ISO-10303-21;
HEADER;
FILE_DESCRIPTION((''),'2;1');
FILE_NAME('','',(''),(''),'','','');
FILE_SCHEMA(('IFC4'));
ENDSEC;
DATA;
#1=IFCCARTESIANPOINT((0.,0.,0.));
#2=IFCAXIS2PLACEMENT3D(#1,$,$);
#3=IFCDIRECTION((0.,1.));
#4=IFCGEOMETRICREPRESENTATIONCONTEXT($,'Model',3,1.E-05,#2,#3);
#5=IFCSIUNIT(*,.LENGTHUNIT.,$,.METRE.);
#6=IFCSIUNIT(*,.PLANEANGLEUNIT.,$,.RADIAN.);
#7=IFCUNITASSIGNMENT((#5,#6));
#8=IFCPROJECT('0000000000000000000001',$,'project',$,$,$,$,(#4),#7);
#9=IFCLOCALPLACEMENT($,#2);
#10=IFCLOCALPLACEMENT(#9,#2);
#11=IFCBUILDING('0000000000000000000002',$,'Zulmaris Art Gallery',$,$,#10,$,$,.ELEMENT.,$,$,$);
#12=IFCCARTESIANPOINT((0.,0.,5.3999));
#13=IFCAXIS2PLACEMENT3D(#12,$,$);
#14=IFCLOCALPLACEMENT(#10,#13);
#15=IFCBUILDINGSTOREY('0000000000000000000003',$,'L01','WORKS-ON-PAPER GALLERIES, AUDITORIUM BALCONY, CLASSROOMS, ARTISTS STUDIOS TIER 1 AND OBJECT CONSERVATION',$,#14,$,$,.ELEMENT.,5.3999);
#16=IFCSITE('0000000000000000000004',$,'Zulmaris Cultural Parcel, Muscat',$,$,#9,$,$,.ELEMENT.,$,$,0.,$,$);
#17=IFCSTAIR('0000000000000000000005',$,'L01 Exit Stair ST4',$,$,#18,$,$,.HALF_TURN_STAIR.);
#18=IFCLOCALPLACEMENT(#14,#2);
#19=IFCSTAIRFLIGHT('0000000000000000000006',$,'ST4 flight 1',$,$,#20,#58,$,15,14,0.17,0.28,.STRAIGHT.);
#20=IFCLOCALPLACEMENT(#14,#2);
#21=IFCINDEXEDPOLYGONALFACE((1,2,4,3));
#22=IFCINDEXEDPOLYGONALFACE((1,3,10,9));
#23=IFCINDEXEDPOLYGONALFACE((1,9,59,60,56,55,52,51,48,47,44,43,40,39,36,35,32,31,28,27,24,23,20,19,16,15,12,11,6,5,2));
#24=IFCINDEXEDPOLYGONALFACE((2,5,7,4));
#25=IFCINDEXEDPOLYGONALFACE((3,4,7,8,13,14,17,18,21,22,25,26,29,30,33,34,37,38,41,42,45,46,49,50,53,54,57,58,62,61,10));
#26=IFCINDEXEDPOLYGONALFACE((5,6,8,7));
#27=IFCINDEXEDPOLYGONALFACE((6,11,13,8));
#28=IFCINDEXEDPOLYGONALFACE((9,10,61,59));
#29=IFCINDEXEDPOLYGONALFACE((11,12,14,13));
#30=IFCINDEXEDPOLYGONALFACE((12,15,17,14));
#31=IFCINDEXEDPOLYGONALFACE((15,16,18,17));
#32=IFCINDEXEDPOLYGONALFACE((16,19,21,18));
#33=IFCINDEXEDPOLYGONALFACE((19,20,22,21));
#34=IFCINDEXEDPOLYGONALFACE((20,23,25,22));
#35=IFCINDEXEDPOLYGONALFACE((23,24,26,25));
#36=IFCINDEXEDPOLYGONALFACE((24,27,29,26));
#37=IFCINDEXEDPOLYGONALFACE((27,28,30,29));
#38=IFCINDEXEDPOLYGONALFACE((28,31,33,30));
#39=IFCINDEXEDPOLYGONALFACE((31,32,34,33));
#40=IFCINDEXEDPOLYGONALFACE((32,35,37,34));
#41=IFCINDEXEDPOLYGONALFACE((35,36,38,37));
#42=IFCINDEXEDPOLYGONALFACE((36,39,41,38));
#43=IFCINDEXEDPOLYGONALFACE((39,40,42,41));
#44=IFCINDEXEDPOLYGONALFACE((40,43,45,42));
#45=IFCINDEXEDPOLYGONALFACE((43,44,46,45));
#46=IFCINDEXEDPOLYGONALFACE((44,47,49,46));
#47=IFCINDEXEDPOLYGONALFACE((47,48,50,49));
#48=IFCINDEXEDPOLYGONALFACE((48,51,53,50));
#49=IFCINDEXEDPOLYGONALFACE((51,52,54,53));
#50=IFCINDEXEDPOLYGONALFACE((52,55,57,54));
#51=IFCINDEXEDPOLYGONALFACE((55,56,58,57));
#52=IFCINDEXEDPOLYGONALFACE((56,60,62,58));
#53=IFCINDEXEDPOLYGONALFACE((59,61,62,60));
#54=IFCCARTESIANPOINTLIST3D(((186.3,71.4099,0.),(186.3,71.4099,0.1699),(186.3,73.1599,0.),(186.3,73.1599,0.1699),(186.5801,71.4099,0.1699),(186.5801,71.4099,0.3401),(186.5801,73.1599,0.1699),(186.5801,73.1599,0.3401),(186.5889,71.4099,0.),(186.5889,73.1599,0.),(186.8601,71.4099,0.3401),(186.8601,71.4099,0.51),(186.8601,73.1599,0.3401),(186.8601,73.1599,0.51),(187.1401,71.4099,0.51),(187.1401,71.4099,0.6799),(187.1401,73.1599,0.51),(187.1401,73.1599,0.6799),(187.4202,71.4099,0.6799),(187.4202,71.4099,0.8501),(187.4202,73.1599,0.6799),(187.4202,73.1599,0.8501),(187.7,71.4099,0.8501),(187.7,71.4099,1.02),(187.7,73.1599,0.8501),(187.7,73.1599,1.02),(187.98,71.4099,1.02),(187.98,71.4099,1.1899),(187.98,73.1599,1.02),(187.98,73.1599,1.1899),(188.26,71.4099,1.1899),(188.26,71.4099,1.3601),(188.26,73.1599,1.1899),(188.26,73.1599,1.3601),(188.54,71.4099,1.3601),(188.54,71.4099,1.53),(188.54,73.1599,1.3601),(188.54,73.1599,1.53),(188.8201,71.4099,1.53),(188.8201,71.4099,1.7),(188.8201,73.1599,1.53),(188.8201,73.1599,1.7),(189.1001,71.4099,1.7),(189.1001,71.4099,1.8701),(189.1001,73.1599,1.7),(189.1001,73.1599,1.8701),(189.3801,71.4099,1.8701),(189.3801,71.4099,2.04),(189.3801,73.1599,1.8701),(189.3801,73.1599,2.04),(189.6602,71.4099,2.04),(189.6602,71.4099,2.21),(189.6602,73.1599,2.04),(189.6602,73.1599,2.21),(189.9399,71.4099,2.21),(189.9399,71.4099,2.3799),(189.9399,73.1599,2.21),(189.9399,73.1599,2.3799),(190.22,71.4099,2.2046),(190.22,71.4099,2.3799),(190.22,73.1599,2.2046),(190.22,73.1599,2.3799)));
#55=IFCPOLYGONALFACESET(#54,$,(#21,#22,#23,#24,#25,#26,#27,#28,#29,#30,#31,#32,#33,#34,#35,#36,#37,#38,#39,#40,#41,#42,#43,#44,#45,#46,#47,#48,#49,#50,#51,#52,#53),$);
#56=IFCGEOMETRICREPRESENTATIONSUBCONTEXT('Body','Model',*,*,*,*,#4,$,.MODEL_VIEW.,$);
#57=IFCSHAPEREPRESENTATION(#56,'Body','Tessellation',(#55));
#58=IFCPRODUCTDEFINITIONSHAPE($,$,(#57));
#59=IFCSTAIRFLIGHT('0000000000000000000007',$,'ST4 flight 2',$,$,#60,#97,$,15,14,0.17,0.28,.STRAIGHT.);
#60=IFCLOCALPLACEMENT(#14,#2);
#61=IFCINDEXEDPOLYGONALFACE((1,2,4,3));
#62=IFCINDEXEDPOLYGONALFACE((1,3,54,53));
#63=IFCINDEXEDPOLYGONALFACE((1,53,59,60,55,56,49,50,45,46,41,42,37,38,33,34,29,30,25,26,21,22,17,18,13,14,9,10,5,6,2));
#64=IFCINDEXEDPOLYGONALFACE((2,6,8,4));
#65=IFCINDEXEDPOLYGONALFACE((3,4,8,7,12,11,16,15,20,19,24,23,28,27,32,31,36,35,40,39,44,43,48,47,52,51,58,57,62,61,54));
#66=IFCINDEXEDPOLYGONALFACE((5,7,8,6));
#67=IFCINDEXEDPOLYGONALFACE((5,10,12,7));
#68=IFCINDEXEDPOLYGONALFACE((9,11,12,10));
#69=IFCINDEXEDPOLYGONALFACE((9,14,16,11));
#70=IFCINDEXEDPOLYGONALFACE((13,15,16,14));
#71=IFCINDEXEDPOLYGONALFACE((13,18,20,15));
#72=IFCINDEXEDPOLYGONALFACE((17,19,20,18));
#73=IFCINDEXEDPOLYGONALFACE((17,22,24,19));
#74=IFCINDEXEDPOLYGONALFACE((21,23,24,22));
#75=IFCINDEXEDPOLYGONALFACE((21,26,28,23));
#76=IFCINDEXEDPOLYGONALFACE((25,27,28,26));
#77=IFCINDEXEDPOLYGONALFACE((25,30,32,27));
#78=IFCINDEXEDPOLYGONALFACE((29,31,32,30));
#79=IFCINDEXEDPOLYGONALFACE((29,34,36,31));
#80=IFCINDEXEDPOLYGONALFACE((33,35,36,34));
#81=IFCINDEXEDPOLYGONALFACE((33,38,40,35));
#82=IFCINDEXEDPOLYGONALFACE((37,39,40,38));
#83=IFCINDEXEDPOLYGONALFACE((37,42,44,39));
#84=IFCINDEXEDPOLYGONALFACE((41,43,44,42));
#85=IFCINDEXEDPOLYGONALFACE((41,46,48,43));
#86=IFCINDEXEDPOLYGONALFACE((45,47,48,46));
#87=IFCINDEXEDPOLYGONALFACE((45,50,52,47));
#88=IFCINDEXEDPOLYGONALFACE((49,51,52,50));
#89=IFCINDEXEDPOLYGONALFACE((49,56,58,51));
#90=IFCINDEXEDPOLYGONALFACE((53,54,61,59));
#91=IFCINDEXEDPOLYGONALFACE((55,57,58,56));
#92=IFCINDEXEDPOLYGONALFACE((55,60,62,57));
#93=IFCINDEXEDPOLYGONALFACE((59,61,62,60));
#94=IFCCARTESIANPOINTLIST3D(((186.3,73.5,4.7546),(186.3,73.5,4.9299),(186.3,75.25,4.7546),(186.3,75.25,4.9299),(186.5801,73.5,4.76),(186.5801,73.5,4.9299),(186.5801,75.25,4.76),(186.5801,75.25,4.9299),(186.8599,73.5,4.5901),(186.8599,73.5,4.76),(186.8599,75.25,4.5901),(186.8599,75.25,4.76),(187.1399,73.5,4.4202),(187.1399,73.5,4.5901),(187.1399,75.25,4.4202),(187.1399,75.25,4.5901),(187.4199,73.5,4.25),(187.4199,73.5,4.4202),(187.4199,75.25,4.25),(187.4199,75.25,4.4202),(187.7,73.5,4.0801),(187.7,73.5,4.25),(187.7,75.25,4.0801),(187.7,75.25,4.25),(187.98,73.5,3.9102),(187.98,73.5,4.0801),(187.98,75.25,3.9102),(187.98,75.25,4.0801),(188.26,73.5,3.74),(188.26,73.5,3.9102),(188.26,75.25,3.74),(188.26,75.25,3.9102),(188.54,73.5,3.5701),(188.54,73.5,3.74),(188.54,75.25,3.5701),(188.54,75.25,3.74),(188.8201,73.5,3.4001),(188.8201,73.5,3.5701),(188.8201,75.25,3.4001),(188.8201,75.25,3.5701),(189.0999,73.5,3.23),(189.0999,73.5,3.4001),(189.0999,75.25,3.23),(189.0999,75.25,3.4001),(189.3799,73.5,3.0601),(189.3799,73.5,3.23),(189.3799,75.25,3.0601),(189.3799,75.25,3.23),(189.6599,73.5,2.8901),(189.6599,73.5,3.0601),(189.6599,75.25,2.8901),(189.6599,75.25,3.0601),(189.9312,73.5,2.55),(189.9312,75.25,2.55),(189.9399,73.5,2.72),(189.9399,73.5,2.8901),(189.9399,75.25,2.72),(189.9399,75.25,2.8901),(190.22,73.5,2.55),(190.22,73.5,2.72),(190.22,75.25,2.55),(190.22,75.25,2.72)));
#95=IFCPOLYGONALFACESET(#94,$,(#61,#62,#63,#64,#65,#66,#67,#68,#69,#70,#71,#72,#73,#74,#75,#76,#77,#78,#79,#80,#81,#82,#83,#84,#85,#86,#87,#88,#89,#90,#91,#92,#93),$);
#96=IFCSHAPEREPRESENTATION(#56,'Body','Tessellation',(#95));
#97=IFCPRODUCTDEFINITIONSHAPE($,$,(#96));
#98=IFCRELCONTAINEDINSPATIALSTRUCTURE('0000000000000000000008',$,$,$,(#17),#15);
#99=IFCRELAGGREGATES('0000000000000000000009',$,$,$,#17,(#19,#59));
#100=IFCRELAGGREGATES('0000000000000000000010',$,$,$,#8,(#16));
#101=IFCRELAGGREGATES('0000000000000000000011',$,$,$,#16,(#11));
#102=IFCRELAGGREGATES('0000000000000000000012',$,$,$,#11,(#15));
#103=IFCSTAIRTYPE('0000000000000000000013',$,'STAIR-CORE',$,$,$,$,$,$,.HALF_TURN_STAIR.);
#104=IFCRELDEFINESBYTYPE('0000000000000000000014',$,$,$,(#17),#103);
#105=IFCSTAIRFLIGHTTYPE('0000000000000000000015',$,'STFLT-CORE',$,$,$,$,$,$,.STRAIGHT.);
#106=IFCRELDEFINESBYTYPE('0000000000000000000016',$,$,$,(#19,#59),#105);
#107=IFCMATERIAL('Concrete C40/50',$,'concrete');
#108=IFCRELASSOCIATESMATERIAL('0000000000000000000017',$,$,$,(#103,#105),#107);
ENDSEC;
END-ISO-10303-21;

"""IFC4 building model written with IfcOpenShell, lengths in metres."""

from ifc_helpers import new_model, si_unit, direction, frame, origin, place, context, subcontext, project, spatial, polyline, outline, extrude, material, type_object, element, aggregate, save


model = new_model("IFC4")

# Units and contexts
model_context = context("Model", 3, precision=1e-05, world=origin(), true_north=direction((0.0, 1.0)))
body_context = subcontext(model_context, "Body", "Model", "MODEL_VIEW")
ifc_project = project(units=[si_unit("LENGTHUNIT", "METRE"), si_unit("PLANEANGLEUNIT", "RADIAN")], contexts=[model_context])

# Site, building, storey
site_placement = place(None, origin())
site = spatial("IfcSite", under=ifc_project, at=site_placement, Name="Zulmaris Cultural Parcel, Muscat", CompositionType="ELEMENT", RefElevation=0.0)
building_placement = place(site_placement, origin())
building = spatial("IfcBuilding", under=site, at=building_placement, Name="Zulmaris Art Gallery", CompositionType="ELEMENT")
storey_placement = place(building_placement, frame((0.0, 0.0, 5.3999)))
storey = spatial("IfcBuildingStorey", under=building, at=storey_placement, Name="L01", Description="WORKS-ON-PAPER GALLERIES, AUDITORIUM BALCONY, CLASSROOMS, ARTISTS STUDIOS TIER 1 AND OBJECT CONSERVATION", CompositionType="ELEMENT", Elevation=5.3999)

# Shared definitions
ifc_material_1 = material(Name="Concrete C40/50", Category="concrete")

# Stair, stair flights
stair_type = type_object("IfcStairType", Name="STAIR-CORE", PredefinedType="HALF_TURN_STAIR", material=ifc_material_1)
stair_placement = place(storey_placement, origin())
stair = element("IfcStair", 1, at=stair_placement, inside=storey, type_object=stair_type, Name="L01 Exit Stair ST4", PredefinedType="HALF_TURN_STAIR")
stair_flight_type = type_object("IfcStairFlightType", Name="STFLT-CORE", PredefinedType="STRAIGHT", material=ifc_material_1)
stair_flight_1_placement = place(storey_placement, frame((186.3, 72.2849, 0.0), z_axis=(0.0, 0.0, 1.0), x_axis=(1.0, 0.0, 0.0)))
stair_flight_1 = element("IfcStairFlight", 2, at=stair_flight_1_placement, type_object=stair_flight_type, Name="ST4 flight 1", NumberOfRisers=15, NumberOfTreads=14, PredefinedType="STRAIGHT", RiserHeight=0.17, TreadLength=0.28, context=body_context, shape_type="SweptSolid", body=[
    extrude(outline(polyline([(0.0, 0.0), (0.0, 0.1699), (0.28, 0.1699), (0.28, 0.3401), (0.5601, 0.3401), (0.5601, 0.51), (0.8401, 0.51), (0.8401, 0.6799), (1.1201, 0.6799), (1.1201, 0.8501), (1.3999, 0.8501), (1.3999, 1.02), (1.6799, 1.02), (1.6799, 1.1899), (1.96, 1.1899), (1.96, 1.3601), (2.24, 1.3601), (2.24, 1.53), (2.52, 1.53), (2.52, 1.7), (2.8, 1.7), (2.8, 1.8701), (3.0801, 1.8701), (3.0801, 2.04), (3.3601, 2.04), (3.3601, 2.21), (3.6399, 2.21), (3.6399, 2.3799), (3.9199, 2.3799), (3.9199, 2.55), (3.9199, 2.2046), (0.2888, 0.0), (0.0, 0.0)])), frame((0.0, 0.875, 0.0), z_axis=(0.0, -1.0, 0.0), x_axis=(1.0, 0.0, 0.0)), (0.0, 0.0, 1.0), 1.75),
])
stair_flight_2_placement = place(storey_placement, frame((190.22, 74.375, 2.55), z_axis=(0.0, 0.0, 1.0), x_axis=(-1.0, 0.0, 0.0)))
stair_flight_2 = element("IfcStairFlight", 3, at=stair_flight_2_placement, type_object=stair_flight_type, Name="ST4 flight 2", NumberOfRisers=15, NumberOfTreads=14, PredefinedType="STRAIGHT", RiserHeight=0.17, TreadLength=0.28, context=body_context, shape_type="SweptSolid", body=[
    extrude(outline(polyline([(0.0, 0.0), (0.0, 0.1699), (0.28, 0.1699), (0.28, 0.3401), (0.5601, 0.3401), (0.5601, 0.51), (0.8401, 0.51), (0.8401, 0.6799), (1.1201, 0.6799), (1.1201, 0.8501), (1.3999, 0.8501), (1.3999, 1.02), (1.6799, 1.02), (1.6799, 1.1899), (1.96, 1.1899), (1.96, 1.3601), (2.24, 1.3601), (2.24, 1.53), (2.52, 1.53), (2.52, 1.7), (2.8, 1.7), (2.8, 1.8701), (3.0801, 1.8701), (3.0801, 2.04), (3.3601, 2.04), (3.3601, 2.21), (3.6399, 2.21), (3.6399, 2.3799), (3.9199, 2.3799), (3.9199, 2.55), (3.9199, 2.2046), (0.2888, 0.0), (0.0, 0.0)])), frame((0.0, 0.875, 0.0), z_axis=(0.0, -1.0, 0.0), x_axis=(1.0, 0.0, 0.0)), (0.0, 0.0, 1.0), 1.75),
])
aggregate(stair, [stair_flight_1, stair_flight_2])

save(model, "model.ifc")
